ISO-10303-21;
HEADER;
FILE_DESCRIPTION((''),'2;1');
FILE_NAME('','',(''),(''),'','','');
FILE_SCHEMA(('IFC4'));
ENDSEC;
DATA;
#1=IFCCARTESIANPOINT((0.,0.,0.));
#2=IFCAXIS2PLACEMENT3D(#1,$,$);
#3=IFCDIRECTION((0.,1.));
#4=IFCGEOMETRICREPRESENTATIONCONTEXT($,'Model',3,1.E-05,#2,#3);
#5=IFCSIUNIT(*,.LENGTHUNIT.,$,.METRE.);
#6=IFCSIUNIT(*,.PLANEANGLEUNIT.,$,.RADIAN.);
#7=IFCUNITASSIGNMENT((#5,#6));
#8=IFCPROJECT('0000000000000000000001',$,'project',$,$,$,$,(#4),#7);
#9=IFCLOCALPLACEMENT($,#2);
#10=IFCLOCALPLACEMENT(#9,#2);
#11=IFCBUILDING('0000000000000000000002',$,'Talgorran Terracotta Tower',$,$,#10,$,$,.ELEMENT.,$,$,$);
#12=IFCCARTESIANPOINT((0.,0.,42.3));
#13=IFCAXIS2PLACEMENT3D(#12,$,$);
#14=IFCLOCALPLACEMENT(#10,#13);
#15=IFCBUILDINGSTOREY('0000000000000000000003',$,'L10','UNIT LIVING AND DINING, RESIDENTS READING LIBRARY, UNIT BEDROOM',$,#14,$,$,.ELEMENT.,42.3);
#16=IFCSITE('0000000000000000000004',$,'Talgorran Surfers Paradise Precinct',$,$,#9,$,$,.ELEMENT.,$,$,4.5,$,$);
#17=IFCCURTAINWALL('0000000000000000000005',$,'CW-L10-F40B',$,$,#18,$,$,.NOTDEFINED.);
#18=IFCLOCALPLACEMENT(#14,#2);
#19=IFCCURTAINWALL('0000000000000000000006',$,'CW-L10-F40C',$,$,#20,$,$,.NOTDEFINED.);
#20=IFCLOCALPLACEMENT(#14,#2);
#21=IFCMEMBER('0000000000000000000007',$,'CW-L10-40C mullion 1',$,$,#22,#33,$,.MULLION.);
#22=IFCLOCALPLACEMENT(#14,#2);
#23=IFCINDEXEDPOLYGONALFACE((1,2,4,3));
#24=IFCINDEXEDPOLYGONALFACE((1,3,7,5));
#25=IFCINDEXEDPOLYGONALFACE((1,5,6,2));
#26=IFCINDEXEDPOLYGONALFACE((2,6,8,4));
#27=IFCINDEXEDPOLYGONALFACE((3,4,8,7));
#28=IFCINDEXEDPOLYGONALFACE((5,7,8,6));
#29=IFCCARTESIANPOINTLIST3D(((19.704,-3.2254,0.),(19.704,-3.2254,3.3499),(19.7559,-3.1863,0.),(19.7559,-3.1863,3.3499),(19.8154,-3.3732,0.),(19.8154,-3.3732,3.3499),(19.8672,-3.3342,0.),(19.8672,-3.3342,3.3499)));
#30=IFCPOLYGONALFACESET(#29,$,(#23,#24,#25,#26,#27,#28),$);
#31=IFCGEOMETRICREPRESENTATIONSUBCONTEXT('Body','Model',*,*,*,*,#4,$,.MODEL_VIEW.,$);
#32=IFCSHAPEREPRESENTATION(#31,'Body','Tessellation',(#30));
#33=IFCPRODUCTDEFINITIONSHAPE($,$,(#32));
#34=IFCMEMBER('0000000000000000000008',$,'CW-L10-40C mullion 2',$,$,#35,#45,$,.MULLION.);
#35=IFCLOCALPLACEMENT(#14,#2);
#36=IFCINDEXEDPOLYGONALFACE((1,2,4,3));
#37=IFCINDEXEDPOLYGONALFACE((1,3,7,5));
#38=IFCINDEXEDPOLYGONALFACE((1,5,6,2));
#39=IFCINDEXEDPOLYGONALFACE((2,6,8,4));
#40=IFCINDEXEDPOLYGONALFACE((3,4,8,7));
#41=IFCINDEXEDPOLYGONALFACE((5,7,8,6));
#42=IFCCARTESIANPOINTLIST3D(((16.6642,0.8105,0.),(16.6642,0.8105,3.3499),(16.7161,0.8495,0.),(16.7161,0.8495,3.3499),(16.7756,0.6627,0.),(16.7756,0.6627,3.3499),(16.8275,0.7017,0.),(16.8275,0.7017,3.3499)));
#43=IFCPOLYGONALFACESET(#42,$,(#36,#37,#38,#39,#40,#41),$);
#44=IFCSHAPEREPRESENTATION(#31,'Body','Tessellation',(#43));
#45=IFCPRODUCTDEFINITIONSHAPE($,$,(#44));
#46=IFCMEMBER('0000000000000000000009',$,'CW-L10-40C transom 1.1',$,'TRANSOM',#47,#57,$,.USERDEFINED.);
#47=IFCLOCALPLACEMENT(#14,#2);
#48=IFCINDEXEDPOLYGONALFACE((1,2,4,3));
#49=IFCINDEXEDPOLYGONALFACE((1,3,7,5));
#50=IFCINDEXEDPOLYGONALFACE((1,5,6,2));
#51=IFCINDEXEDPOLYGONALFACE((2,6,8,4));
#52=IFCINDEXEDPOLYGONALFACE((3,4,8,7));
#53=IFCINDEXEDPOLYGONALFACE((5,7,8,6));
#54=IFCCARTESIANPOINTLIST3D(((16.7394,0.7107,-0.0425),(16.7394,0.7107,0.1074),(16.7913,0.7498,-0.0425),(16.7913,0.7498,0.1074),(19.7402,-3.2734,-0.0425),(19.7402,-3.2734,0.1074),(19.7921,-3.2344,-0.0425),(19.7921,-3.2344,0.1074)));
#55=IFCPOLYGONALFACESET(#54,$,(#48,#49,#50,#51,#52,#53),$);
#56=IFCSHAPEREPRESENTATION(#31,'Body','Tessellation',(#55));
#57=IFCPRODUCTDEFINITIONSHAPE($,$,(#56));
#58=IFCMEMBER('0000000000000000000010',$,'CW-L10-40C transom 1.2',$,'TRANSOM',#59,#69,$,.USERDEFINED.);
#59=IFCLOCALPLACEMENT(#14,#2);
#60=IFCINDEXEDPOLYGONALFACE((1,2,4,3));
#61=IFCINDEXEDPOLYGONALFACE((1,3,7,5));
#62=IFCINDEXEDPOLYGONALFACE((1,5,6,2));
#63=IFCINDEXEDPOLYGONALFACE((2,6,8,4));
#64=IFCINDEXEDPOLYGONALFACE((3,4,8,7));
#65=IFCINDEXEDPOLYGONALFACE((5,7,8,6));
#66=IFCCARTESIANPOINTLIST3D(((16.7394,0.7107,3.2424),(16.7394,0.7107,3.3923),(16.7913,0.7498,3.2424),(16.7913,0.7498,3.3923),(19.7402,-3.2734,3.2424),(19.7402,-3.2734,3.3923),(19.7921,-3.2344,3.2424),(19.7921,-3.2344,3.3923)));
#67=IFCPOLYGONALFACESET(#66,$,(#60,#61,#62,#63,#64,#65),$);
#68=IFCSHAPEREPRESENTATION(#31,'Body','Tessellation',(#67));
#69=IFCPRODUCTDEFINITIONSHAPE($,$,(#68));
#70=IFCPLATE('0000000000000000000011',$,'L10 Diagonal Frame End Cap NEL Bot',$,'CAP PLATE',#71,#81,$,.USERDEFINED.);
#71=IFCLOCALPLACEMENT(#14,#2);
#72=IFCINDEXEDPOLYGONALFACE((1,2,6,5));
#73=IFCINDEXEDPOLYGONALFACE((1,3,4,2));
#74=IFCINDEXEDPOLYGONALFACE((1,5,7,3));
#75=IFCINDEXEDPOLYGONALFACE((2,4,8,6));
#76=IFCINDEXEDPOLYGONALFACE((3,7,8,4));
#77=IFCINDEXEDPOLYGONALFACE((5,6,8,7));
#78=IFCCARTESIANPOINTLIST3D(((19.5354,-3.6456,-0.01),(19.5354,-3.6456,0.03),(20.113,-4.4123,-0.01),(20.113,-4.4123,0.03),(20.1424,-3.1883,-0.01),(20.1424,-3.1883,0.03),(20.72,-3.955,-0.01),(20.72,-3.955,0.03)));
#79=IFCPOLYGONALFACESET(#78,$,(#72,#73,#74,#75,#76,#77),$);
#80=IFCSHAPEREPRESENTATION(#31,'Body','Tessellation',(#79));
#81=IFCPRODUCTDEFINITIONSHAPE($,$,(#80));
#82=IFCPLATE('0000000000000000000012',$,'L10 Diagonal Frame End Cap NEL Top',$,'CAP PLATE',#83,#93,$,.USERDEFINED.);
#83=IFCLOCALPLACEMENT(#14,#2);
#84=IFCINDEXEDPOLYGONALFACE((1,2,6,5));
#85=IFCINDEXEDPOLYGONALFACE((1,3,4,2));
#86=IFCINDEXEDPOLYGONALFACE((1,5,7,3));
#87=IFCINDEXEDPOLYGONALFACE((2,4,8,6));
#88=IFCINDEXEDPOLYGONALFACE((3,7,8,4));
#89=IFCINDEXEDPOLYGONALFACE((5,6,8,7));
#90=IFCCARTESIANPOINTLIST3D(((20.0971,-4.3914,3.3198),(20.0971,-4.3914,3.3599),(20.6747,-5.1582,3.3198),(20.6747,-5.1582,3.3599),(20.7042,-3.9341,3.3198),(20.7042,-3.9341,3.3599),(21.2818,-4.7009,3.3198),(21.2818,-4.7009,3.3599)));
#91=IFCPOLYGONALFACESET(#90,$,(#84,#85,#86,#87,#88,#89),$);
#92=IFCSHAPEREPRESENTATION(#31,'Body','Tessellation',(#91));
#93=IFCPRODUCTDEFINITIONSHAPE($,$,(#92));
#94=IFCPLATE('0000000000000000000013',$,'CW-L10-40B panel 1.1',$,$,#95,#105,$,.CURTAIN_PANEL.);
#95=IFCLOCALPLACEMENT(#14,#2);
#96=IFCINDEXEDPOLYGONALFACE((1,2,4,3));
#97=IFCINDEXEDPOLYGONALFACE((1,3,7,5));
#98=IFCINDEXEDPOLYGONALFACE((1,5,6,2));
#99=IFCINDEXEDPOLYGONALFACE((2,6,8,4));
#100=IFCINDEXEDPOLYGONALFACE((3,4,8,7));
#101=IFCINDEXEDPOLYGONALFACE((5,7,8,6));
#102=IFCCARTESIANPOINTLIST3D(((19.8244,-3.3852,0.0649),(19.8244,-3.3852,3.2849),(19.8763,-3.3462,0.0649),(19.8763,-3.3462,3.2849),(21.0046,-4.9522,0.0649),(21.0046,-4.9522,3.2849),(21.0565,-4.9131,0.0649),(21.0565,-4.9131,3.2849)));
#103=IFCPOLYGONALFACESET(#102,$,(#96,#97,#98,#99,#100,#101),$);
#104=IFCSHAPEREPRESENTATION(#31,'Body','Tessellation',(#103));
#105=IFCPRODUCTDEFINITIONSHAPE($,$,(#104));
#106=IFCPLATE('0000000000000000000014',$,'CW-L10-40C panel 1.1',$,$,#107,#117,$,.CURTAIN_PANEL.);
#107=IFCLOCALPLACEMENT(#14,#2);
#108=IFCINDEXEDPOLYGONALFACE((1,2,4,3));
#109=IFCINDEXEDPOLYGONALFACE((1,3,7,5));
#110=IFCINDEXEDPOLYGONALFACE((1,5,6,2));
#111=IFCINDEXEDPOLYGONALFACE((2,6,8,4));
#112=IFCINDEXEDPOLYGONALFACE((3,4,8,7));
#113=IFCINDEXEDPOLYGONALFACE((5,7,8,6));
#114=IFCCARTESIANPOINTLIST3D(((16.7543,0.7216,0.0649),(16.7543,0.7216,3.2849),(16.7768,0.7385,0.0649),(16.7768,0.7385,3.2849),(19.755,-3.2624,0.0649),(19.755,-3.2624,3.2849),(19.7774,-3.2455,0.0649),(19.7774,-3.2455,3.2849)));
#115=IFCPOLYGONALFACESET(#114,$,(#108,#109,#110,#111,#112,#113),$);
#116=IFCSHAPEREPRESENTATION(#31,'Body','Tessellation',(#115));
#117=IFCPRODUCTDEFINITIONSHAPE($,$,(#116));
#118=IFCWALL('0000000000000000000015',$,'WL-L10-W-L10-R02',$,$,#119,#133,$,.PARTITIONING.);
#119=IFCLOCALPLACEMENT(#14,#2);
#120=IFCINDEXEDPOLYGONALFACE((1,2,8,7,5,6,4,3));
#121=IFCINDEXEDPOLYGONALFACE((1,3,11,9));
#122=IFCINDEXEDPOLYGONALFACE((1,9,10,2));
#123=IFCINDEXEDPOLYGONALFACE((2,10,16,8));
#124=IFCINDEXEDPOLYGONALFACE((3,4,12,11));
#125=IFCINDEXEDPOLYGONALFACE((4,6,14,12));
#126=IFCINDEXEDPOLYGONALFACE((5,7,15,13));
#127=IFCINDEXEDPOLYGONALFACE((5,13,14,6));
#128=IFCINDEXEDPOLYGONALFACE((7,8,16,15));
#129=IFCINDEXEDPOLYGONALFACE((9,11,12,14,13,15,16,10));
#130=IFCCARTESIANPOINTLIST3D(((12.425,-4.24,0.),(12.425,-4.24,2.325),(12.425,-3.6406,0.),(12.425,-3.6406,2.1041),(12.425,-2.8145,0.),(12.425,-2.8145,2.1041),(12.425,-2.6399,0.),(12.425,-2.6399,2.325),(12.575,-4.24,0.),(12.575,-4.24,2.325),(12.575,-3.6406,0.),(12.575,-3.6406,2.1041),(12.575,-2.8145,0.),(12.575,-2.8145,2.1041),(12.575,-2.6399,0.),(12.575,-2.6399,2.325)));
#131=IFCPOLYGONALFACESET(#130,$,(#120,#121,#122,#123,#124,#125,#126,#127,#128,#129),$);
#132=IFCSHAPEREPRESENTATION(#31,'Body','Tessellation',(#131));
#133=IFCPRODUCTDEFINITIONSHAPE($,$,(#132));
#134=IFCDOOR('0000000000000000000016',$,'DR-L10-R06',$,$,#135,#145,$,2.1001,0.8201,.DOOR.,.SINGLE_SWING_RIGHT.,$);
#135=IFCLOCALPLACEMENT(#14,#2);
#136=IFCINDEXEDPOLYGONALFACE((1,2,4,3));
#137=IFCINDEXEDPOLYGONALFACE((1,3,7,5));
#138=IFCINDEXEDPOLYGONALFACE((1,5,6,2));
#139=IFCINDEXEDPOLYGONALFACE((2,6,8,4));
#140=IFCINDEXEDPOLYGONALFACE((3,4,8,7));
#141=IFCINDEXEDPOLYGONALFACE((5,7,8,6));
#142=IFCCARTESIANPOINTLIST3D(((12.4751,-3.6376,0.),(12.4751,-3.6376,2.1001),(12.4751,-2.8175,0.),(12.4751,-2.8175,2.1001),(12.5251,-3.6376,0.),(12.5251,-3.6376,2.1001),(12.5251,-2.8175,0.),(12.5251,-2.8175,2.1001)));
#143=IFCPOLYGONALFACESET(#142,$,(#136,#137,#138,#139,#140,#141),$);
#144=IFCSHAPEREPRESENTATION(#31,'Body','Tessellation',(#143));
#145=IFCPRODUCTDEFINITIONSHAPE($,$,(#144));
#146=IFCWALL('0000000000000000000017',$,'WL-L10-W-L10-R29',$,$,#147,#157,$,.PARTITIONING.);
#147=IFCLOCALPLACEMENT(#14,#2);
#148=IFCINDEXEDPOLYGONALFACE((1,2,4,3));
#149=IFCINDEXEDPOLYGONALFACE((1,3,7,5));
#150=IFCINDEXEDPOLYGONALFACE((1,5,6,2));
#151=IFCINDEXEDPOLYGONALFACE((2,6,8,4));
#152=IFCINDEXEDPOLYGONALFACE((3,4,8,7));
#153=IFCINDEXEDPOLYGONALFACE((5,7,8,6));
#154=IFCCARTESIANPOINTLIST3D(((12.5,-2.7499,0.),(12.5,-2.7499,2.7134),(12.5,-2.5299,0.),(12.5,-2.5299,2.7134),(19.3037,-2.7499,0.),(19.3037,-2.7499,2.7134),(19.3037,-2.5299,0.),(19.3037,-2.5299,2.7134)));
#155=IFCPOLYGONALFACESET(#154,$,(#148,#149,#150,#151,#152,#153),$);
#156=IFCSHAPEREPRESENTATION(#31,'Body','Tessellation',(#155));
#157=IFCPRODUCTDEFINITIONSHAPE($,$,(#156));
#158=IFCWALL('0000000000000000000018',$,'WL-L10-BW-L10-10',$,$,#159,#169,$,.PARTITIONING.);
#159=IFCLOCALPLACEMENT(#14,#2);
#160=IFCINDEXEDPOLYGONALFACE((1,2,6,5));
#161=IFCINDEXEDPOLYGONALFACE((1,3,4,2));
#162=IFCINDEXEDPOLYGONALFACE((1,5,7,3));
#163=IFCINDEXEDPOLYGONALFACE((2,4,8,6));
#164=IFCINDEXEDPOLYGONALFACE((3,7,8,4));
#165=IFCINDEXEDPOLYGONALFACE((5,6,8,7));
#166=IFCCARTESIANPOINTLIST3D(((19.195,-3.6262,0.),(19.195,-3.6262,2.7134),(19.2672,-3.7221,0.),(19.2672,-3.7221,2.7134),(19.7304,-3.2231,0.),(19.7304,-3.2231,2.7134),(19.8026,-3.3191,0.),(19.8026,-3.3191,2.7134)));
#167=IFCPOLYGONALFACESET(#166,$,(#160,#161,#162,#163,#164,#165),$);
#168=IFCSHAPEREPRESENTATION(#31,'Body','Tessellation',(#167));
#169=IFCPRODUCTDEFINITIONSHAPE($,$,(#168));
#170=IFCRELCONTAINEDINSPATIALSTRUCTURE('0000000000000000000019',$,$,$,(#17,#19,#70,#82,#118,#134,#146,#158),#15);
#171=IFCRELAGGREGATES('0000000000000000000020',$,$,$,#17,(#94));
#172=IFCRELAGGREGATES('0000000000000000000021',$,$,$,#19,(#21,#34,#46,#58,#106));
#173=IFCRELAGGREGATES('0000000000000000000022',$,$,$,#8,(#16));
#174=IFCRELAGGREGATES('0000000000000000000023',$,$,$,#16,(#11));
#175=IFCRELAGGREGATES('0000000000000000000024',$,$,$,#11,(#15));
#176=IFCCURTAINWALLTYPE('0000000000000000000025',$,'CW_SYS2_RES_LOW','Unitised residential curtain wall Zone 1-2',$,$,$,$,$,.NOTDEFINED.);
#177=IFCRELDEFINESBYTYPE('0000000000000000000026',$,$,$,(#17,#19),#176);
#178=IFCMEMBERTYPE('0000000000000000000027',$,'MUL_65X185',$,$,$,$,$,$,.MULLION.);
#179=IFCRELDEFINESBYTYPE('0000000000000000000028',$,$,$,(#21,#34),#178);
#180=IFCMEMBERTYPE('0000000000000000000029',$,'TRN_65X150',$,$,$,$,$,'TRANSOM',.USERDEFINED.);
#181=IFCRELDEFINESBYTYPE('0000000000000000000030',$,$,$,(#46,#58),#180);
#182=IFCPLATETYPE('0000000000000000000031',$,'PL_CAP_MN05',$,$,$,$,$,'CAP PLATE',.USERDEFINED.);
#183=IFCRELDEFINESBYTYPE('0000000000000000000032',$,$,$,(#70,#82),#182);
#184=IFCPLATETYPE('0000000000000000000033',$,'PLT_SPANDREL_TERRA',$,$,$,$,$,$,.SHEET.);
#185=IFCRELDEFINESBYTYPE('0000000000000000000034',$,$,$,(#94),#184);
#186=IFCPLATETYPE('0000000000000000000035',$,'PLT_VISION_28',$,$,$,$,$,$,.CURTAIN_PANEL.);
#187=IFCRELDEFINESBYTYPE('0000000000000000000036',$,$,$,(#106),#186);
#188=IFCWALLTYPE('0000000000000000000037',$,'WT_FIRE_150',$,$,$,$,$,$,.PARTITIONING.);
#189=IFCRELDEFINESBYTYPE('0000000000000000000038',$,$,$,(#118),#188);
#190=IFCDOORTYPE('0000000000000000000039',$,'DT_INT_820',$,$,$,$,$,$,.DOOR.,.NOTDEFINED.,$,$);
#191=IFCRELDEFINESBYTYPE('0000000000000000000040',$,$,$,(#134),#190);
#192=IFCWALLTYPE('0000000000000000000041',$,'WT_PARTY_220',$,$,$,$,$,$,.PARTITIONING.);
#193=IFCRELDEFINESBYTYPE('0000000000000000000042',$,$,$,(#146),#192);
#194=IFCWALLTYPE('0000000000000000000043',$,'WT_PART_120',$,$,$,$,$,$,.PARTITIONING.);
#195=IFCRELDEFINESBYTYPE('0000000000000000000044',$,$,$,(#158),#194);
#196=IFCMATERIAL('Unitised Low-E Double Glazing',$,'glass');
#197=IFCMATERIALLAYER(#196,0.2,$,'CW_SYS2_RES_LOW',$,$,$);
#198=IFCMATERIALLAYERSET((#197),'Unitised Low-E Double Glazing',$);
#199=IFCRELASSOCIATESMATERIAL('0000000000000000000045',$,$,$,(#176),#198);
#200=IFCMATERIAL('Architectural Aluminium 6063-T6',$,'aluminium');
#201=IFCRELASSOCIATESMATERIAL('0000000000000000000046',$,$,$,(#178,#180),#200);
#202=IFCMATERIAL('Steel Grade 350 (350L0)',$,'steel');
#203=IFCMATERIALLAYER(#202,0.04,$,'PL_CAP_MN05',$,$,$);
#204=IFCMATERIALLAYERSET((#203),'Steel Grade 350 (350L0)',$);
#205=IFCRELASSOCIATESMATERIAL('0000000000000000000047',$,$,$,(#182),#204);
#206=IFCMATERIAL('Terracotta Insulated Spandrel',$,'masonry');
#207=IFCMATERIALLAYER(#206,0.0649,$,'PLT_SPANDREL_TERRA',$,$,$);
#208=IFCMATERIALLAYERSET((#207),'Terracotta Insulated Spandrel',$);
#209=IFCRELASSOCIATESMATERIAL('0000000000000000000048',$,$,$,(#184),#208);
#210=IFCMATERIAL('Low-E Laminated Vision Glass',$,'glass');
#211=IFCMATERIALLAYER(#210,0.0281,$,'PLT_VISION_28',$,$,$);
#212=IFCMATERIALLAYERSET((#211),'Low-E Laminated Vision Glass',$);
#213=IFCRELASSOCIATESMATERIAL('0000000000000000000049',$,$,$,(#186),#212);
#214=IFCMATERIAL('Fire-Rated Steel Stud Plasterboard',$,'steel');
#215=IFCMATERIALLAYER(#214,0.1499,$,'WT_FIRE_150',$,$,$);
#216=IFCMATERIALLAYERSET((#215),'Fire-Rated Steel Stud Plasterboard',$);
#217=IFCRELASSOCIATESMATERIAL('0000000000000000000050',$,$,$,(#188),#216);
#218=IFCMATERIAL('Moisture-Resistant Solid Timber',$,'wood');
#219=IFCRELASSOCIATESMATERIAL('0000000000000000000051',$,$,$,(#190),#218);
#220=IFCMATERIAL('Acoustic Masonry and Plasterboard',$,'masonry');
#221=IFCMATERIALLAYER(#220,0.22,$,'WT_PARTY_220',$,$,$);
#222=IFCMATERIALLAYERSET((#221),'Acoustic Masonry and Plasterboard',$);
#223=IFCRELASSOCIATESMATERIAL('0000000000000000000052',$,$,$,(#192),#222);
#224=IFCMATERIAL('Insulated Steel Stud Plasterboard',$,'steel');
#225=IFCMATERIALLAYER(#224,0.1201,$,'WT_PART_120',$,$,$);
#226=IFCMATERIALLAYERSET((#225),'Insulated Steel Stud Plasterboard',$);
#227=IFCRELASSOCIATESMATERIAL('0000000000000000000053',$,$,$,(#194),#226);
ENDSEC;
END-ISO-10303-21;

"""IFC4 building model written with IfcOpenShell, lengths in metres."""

from ifc_helpers import new_model, si_unit, direction, frame, frame_2d, origin, origin_2d, place, context, subcontext, project, spatial, rectangle, extrude, source, transform, mapped, material, layer, layer_set, material_profile, profile_set, type_object, type_shapes, element, fill, aggregate, save


model = new_model("IFC4")

# Units and contexts
model_context = context("Model", 3, precision=1e-05, world=origin(), true_north=direction((0.0, 1.0)))
body_context = subcontext(model_context, "Body", "Model", "MODEL_VIEW")
ifc_project = project(units=[si_unit("LENGTHUNIT", "METRE"), si_unit("PLANEANGLEUNIT", "RADIAN")], contexts=[model_context])

# Site, building, storey
site_placement = place(None, origin())
site = spatial("IfcSite", under=ifc_project, at=site_placement, Name="Talgorran Surfers Paradise Precinct", CompositionType="ELEMENT", RefElevation=4.5)
building_placement = place(site_placement, origin())
building = spatial("IfcBuilding", under=site, at=building_placement, Name="Talgorran Terracotta Tower", CompositionType="ELEMENT")
storey_placement = place(building_placement, frame((0.0, 0.0, 42.3)))
storey = spatial("IfcBuildingStorey", under=building, at=storey_placement, Name="L10", Description="UNIT LIVING AND DINING, RESIDENTS READING LIBRARY, UNIT BEDROOM", CompositionType="ELEMENT", Elevation=42.3)

# Shared definitions
ifc_material_1 = material(Name="Steel Grade 350 (350L0)", Category="steel")

# Curtain wall
ifc_material_2 = material(Name="Unitised Low-E Double Glazing", Category="glass")
ifc_layer_1 = layer(ifc_material_2, 0.2, Name="CW_SYS2_RES_LOW")
ifc_layer_set_1 = layer_set([ifc_layer_1], Name="Unitised Low-E Double Glazing")
curtain_wall_type = type_object("IfcCurtainWallType", Name="CW_SYS2_RES_LOW", Description="Unitised residential curtain wall Zone 1-2", PredefinedType="NOTDEFINED", material=ifc_layer_set_1)
curtain_wall_1_placement = place(storey_placement, origin())
curtain_wall_1 = element("IfcCurtainWall", 1, at=curtain_wall_1_placement, inside=storey, type_object=curtain_wall_type, Name="CW-L10-F40B", PredefinedType="NOTDEFINED")
ifc_material_3 = material(Name="Architectural Aluminium 6063-T6", Category="aluminium")
ifc_material_profile_1 = material_profile(ifc_material_3, rectangle(XDim=0.0649, YDim=0.1851, at=origin_2d()), Name="CWM65X185")
ifc_profile_set_1 = profile_set([ifc_material_profile_1], Name="Architectural Aluminium 6063-T6")
member_type_1 = type_object("IfcMemberType", Name="MUL_65X185", PredefinedType="MULLION", material=ifc_profile_set_1)

# Curtain wall, members
curtain_wall_2_placement = place(storey_placement, origin())
curtain_wall_2 = element("IfcCurtainWall", 2, at=curtain_wall_2_placement, inside=storey, type_object=curtain_wall_type, Name="CW-L10-F40C", PredefinedType="NOTDEFINED")
member_1_placement = place(storey_placement, frame((19.7856, -3.2798, 0.0), z_axis=(0.0, 0.0, 1.0), x_axis=(-0.798781, -0.601621, 0.0)))
member_1 = element("IfcMember", 3, at=member_1_placement, type_object=member_type_1, Name="CW-L10-40C mullion 1", PredefinedType="MULLION", context=body_context, shape_type="SweptSolid", body=[
    extrude(rectangle(XDim=0.0649, YDim=0.1851, at=origin_2d()), origin(), (0.0, 0.0, 1.0), 3.3499),
])
member_2_placement = place(storey_placement, frame((16.7458, 0.7561, 0.0), z_axis=(0.0, 0.0, 1.0), x_axis=(-0.798781, -0.601621, 0.0)))
member_2 = element("IfcMember", 4, at=member_2_placement, type_object=member_type_1, Name="CW-L10-40C mullion 2", PredefinedType="MULLION", context=body_context, shape_type="SweptSolid", body=[
    extrude(rectangle(XDim=0.0649, YDim=0.1851, at=origin_2d()), origin(), (0.0, 0.0, 1.0), 3.3499),
])
ifc_material_profile_2 = material_profile(ifc_material_3, rectangle(XDim=0.0649, YDim=0.1499, at=origin_2d()), Name="CWT65X150")
ifc_profile_set_2 = profile_set([ifc_material_profile_2], Name="Architectural Aluminium 6063-T6")
member_type_2 = type_object("IfcMemberType", Name="TRN_65X150", ElementType="TRANSOM", PredefinedType="USERDEFINED", material=ifc_profile_set_2)
member_3_placement = place(storey_placement, frame((19.7661, -3.2539, 0.0325), z_axis=(-0.60162, 0.798782, 0.0), x_axis=(-0.798782, -0.60162, 0.0)))
member_3 = element("IfcMember", 5, at=member_3_placement, type_object=member_type_2, Name="CW-L10-40C transom 1.1", ObjectType="TRANSOM", PredefinedType="USERDEFINED", context=body_context, shape_type="SweptSolid", body=[
    extrude(rectangle(XDim=0.0649, YDim=0.1499, at=origin_2d()), origin(), (0.0, 0.0, 1.0), 4.9878),
])
member_4_placement = place(storey_placement, frame((19.7661, -3.2539, 3.3174), z_axis=(-0.60162, 0.798782, 0.0), x_axis=(-0.798782, -0.60162, 0.0)))
member_4 = element("IfcMember", 6, at=member_4_placement, type_object=member_type_2, Name="CW-L10-40C transom 1.2", ObjectType="TRANSOM", PredefinedType="USERDEFINED", context=body_context, shape_type="SweptSolid", body=[
    extrude(rectangle(XDim=0.0649, YDim=0.1499, at=origin_2d()), origin(), (0.0, 0.0, 1.0), 4.9878),
])

# Plates
ifc_layer_2 = layer(ifc_material_1, 0.04, Name="PL_CAP_MN05")
ifc_layer_set_2 = layer_set([ifc_layer_2], Name="Steel Grade 350 (350L0)")
plate_type_1 = type_object("IfcPlateType", Name="PL_CAP_MN05", ElementType="CAP PLATE", PredefinedType="USERDEFINED", material=ifc_layer_set_2)
for number, where, z_axis, x_axis, name in (
    (7, (20.1277, -3.8003, -0.01), (0.0, 0.0, 1.0), (0.601676, -0.798741, 0.0), "L10 Diagonal Frame End Cap NEL Bot"),
    (8, (20.6895, -4.5461, 3.3198), (0.0, 0.0, 1.0), (0.601676, -0.798741, 0.0), "L10 Diagonal Frame End Cap NEL Top"),
):
    element("IfcPlate", number, at=place(storey_placement, frame(where, z_axis=z_axis, x_axis=x_axis)), inside=storey, type_object=plate_type_1, Name=name, ObjectType="CAP PLATE", PredefinedType="USERDEFINED", context=body_context, shape_type="SweptSolid", body=[
        extrude(rectangle(XDim=0.96, YDim=0.76, at=origin_2d()), origin(), (0.0, 0.0, 1.0), 0.04),
    ])

# Plates
ifc_material_4 = material(Name="Terracotta Insulated Spandrel", Category="masonry")
ifc_layer_3 = layer(ifc_material_4, 0.0649, Name="PLT_SPANDREL_TERRA")
ifc_layer_set_3 = layer_set([ifc_layer_3], Name="Terracotta Insulated Spandrel")
plate_type_2 = type_object("IfcPlateType", Name="PLT_SPANDREL_TERRA", PredefinedType="SHEET", material=ifc_layer_set_3)
shared_shape_1 = source(origin(), body_context, "Body", "SweptSolid", [
    extrude(rectangle(XDim=1.9617, YDim=0.0649, at=origin_2d()), origin(), (0.0, 0.0, 1.0), 3.22),
])
type_shapes(plate_type_2, [shared_shape_1])
plate_1_placement = place(storey_placement, frame((20.4404, -4.1492, 0.0649), z_axis=(0.0, 0.0, 1.0), x_axis=(-0.60162, 0.798782, 0.0)))
plate_1 = element("IfcPlate", 9, at=plate_1_placement, type_object=plate_type_2, Name="CW-L10-40B panel 1.1", PredefinedType="CURTAIN_PANEL", context=body_context, shape_type="MappedRepresentation", body=[
    mapped(shared_shape_1, transform((0.0, 0.0, 0.0), scale=1.0)),
])
aggregate(curtain_wall_1, [plate_1])
ifc_material_5 = material(Name="Low-E Laminated Vision Glass", Category="glass")
ifc_layer_4 = layer(ifc_material_5, 0.0281, Name="PLT_VISION_28")
ifc_layer_set_4 = layer_set([ifc_layer_4], Name="Low-E Laminated Vision Glass")
plate_type_3 = type_object("IfcPlateType", Name="PLT_VISION_28", PredefinedType="CURTAIN_PANEL", material=ifc_layer_set_4)
shared_shape_2 = source(origin(), body_context, "Body", "SweptSolid", [
    extrude(rectangle(XDim=4.9875, YDim=0.0281, at=origin_2d()), origin(), (0.0, 0.0, 1.0), 3.22),
])
type_shapes(plate_type_3, [shared_shape_2])
plate_2_placement = place(storey_placement, frame((18.2659, -1.262, 0.0649), z_axis=(0.0, 0.0, 1.0), x_axis=(-0.601621, 0.798781, 0.0)))
plate_2 = element("IfcPlate", 10, at=plate_2_placement, type_object=plate_type_3, Name="CW-L10-40C panel 1.1", PredefinedType="CURTAIN_PANEL", context=body_context, shape_type="MappedRepresentation", body=[
    mapped(shared_shape_2, transform((0.0, 0.0, 0.0), scale=1.0)),
])
aggregate(curtain_wall_2, [member_1, member_2, member_3, member_4, plate_2])

# Wall, opening, door
ifc_material_6 = material(Name="Fire-Rated Steel Stud Plasterboard", Category="steel")
ifc_layer_5 = layer(ifc_material_6, 0.1499, Name="WT_FIRE_150")
ifc_layer_set_5 = layer_set([ifc_layer_5], Name="Fire-Rated Steel Stud Plasterboard")
wall_type_1 = type_object("IfcWallType", Name="WT_FIRE_150", PredefinedType="PARTITIONING", material=ifc_layer_set_5)
wall_1_placement = place(storey_placement, frame((12.5, -4.24, 0.0), z_axis=(0.0, 0.0, 1.0), x_axis=(0.0, 1.0, 0.0)))
wall_1 = element("IfcWall", 11, at=wall_1_placement, inside=storey, type_object=wall_type_1, Name="WL-L10-W-L10-R02", PredefinedType="PARTITIONING", context=body_context, shape_type="SweptSolid", body=[
    extrude(rectangle(XDim=1.6001, YDim=0.1499, at=frame_2d((0.8, 0.0))), origin(), (0.0, 0.0, 1.0), 2.325),
])
opening_placement = place(wall_1_placement, frame((0.6023, 0.0, 0.0)))
opening = element("IfcOpeningElement", 12, at=opening_placement, cuts=wall_1, PredefinedType="OPENING", context=body_context, shape_type="SweptSolid", body=[
    extrude(rectangle(XDim=0.8261, YDim=2.1041, at=frame_2d((0.4102, 1.052))), frame((0.0, 0.085, 0.0), z_axis=(0.0, -1.0, 0.0), x_axis=(1.0, 0.0, 0.0)), (0.0, 0.0, 1.0), 0.1699),
])
ifc_material_7 = material(Name="Moisture-Resistant Solid Timber", Category="wood")
door_type = type_object("IfcDoorType", Name="DT_INT_820", OperationType="NOTDEFINED", PredefinedType="DOOR", material=ifc_material_7)
door_placement = place(opening_placement, origin())
door = element("IfcDoor", 13, at=door_placement, inside=storey, type_object=door_type, Name="DR-L10-R06", OperationType="SINGLE_SWING_RIGHT", OverallHeight=2.1001, OverallWidth=0.8201, PredefinedType="DOOR", context=body_context, shape_type="SweptSolid", body=[
    extrude(rectangle(XDim=0.8201, YDim=2.1001, at=frame_2d((0.4102, 1.05))), frame((0.0, 0.0249, 0.0), z_axis=(0.0, -1.0, 0.0), x_axis=(1.0, 0.0, 0.0)), (0.0, 0.0, 1.0), 0.05),
])
fill(opening, door)

# Walls
ifc_material_8 = material(Name="Acoustic Masonry and Plasterboard", Category="masonry")
ifc_layer_6 = layer(ifc_material_8, 0.22, Name="WT_PARTY_220")
ifc_layer_set_6 = layer_set([ifc_layer_6], Name="Acoustic Masonry and Plasterboard")
wall_type_2 = type_object("IfcWallType", Name="WT_PARTY_220", PredefinedType="PARTITIONING", material=ifc_layer_set_6)
wall_2_placement = place(storey_placement, frame((12.5, -2.6399, 0.0), z_axis=(0.0, 0.0, 1.0), x_axis=(1.0, 0.0, 0.0)))
element("IfcWall", 14, at=wall_2_placement, inside=storey, type_object=wall_type_2, Name="WL-L10-W-L10-R29", PredefinedType="PARTITIONING", context=body_context, shape_type="SweptSolid", body=[
    extrude(rectangle(XDim=6.8037, YDim=0.22, at=frame_2d((3.4019, 0.0))), origin(), (0.0, 0.0, 1.0), 2.7134),
])
ifc_material_9 = material(Name="Insulated Steel Stud Plasterboard", Category="steel")
ifc_layer_7 = layer(ifc_material_9, 0.1201, Name="WT_PART_120")
ifc_layer_set_7 = layer_set([ifc_layer_7], Name="Insulated Steel Stud Plasterboard")
wall_type_3 = type_object("IfcWallType", Name="WT_PART_120", PredefinedType="PARTITIONING", material=ifc_layer_set_7)
wall_3_placement = place(storey_placement, frame((19.2312, -3.6741, 0.0), z_axis=(0.0, 0.0, 1.0), x_axis=(0.798906, 0.601456, 0.0)))
element("IfcWall", 15, at=wall_3_placement, inside=storey, type_object=wall_type_3, Name="WL-L10-BW-L10-10", PredefinedType="PARTITIONING", context=body_context, shape_type="SweptSolid", body=[
    extrude(rectangle(XDim=0.6702, YDim=0.1201, at=frame_2d((0.335, 0.0))), origin(), (0.0, 0.0, 1.0), 2.7134),
])

save(model, "model.ifc")
